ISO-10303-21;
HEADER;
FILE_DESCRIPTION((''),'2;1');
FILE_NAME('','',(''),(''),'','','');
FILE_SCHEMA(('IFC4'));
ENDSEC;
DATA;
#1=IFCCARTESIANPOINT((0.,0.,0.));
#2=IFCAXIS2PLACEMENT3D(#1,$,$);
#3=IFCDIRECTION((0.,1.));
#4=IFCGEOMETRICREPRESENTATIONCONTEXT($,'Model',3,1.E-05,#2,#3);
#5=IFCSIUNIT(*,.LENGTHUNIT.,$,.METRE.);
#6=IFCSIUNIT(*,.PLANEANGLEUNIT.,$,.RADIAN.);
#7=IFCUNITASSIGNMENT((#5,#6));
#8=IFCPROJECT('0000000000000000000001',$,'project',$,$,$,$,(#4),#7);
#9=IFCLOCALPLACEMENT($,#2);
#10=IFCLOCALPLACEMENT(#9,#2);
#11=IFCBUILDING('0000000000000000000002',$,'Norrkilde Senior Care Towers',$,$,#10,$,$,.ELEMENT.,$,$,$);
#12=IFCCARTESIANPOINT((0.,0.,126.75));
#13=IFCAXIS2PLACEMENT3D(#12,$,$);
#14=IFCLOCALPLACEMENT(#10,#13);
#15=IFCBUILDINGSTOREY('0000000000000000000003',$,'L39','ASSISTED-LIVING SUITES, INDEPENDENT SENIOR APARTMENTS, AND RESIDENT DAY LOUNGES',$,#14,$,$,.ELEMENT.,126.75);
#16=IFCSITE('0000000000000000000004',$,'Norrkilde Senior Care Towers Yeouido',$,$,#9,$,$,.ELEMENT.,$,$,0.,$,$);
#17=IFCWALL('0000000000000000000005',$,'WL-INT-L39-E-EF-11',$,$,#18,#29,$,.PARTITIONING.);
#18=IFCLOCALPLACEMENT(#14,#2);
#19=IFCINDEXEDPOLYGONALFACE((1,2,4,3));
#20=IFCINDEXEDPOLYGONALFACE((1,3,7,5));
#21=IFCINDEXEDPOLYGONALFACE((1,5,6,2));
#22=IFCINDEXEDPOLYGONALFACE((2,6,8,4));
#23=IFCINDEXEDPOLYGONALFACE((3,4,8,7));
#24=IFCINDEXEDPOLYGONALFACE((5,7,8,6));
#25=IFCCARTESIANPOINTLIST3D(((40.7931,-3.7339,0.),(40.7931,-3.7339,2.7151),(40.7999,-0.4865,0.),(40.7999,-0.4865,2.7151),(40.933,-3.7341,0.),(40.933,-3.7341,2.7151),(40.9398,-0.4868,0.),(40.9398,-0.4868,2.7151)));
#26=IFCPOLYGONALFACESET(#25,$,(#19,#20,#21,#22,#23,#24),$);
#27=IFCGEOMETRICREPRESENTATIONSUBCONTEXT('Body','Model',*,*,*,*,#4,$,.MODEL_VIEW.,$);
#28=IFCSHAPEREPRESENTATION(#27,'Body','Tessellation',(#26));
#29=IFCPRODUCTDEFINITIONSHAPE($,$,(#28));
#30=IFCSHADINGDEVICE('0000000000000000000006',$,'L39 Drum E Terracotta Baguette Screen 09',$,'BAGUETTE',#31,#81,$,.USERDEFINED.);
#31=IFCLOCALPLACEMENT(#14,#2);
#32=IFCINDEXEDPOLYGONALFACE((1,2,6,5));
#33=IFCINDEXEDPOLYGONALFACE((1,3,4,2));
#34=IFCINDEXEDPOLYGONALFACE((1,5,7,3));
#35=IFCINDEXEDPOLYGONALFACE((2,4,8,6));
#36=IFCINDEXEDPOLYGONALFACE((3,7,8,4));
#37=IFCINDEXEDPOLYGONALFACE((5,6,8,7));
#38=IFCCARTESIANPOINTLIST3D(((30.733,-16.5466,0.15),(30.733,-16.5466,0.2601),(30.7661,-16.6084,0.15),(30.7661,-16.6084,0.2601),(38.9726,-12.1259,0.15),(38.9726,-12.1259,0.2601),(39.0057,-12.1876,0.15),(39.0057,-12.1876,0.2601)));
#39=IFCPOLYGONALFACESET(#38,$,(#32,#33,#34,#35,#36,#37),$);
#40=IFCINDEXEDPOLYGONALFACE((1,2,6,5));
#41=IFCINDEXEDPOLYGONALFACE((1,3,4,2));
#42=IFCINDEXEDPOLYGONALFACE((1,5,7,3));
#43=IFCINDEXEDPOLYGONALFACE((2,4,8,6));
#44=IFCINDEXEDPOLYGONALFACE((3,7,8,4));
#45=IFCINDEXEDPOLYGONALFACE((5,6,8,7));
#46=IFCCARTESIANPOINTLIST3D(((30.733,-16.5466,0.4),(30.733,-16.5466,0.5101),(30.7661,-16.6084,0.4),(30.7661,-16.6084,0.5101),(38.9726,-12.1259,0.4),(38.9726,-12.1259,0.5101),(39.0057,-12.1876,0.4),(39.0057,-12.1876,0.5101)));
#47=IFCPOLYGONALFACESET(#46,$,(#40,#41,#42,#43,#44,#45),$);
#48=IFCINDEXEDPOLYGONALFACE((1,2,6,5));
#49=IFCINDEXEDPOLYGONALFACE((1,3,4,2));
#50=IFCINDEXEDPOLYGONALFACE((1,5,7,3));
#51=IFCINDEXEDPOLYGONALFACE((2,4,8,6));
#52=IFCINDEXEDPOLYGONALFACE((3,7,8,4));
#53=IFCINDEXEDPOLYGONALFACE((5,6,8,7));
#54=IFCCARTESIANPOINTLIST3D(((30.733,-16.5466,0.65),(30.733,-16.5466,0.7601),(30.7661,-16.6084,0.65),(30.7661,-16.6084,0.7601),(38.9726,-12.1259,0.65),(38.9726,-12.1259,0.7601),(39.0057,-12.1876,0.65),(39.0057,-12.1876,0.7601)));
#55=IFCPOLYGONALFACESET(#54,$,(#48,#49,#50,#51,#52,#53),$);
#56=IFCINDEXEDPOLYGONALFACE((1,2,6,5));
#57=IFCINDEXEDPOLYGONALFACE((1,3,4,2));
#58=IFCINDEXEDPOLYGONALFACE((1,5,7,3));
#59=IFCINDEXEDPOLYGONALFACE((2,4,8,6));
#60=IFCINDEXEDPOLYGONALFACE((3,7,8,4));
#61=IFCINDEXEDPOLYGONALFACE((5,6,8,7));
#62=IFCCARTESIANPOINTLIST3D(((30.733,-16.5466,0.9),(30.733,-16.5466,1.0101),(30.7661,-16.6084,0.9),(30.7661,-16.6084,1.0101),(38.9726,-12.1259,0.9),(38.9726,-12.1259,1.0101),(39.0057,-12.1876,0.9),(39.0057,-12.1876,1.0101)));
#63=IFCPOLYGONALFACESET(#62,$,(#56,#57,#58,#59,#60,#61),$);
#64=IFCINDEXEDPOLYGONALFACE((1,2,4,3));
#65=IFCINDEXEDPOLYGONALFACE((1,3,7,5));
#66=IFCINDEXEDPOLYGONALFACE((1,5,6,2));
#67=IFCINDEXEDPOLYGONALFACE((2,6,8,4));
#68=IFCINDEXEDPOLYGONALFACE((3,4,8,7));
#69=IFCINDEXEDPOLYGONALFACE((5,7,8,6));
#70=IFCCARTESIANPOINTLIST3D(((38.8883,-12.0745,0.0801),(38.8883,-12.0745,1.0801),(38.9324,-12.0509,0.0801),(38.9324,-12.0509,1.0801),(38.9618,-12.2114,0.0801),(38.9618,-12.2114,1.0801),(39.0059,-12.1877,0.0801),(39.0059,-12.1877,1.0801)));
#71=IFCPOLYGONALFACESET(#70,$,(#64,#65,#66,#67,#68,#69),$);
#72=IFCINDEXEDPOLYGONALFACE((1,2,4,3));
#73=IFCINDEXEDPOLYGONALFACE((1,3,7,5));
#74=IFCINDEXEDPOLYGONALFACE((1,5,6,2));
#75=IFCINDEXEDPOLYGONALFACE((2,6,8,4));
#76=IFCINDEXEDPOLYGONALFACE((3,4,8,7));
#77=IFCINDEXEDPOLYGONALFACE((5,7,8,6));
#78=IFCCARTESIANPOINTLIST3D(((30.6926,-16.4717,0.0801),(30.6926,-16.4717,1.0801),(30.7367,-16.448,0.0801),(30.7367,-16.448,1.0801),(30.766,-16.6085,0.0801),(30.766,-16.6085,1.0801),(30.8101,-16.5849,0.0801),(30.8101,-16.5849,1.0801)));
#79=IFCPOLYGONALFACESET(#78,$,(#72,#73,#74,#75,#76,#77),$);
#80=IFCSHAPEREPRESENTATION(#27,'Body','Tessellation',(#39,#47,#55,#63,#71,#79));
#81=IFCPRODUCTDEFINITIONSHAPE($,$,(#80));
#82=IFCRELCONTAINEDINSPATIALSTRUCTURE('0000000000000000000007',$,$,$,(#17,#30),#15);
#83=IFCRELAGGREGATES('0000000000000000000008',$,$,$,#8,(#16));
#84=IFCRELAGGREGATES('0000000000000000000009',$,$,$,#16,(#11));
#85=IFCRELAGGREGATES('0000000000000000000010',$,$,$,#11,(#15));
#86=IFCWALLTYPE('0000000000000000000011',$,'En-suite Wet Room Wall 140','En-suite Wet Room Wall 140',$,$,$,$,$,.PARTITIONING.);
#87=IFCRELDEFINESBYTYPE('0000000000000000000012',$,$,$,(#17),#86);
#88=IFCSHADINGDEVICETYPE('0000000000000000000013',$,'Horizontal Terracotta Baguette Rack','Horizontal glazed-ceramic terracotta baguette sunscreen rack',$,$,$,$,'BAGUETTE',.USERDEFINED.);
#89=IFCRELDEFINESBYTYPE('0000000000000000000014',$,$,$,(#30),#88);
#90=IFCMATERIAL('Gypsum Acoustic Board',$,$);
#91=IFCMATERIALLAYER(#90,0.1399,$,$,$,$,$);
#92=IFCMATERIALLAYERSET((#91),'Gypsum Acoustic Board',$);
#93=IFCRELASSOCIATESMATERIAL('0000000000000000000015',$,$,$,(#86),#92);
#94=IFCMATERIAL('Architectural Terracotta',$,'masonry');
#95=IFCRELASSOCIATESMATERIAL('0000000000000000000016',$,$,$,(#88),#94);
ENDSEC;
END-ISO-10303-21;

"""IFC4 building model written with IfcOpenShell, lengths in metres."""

from ifc_helpers import new_model, si_unit, direction, frame, frame_2d, origin, origin_2d, place, context, subcontext, project, spatial, rectangle, extrude, source, transform, mapped, material, layer, layer_set, type_object, type_shapes, element, save


model = new_model("IFC4")

# Units and contexts
model_context = context("Model", 3, precision=1e-05, world=origin(), true_north=direction((0.0, 1.0)))
body_context = subcontext(model_context, "Body", "Model", "MODEL_VIEW")
ifc_project = project(units=[si_unit("LENGTHUNIT", "METRE"), si_unit("PLANEANGLEUNIT", "RADIAN")], contexts=[model_context])

# Site, building, storey
site_placement = place(None, origin())
site = spatial("IfcSite", under=ifc_project, at=site_placement, Name="Norrkilde Senior Care Towers Yeouido", CompositionType="ELEMENT", RefElevation=0.0)
building_placement = place(site_placement, origin())
building = spatial("IfcBuilding", under=site, at=building_placement, Name="Norrkilde Senior Care Towers", CompositionType="ELEMENT")
storey_placement = place(building_placement, frame((0.0, 0.0, 126.75)))
storey = spatial("IfcBuildingStorey", under=building, at=storey_placement, Name="L39", Description="ASSISTED-LIVING SUITES, INDEPENDENT SENIOR APARTMENTS, AND RESIDENT DAY LOUNGES", CompositionType="ELEMENT", Elevation=126.75)

# Shared definitions
ifc_material_1 = material(Name="Gypsum Acoustic Board")
ifc_layer_1 = layer(ifc_material_1, 0.1399)
ifc_layer_set_1 = layer_set([ifc_layer_1], Name="Gypsum Acoustic Board")
wall_type_1 = type_object("IfcWallType", Name="En-suite Wet Room Wall 140", Description="En-suite Wet Room Wall 140", PredefinedType="PARTITIONING", material=ifc_layer_set_1)

# Wall
shared_shape_1 = source(origin(), body_context, "Body", "SweptSolid", [
    extrude(rectangle(XDim=3.2473, YDim=0.1399, at=frame_2d((1.6235, 0.0))), origin(), (0.0, 0.0, 1.0), 2.7151),
])
wall_1_placement = place(storey_placement, frame((40.8699, -0.4868, 0.0), z_axis=(0.0, 0.0, 1.0), x_axis=(-0.002105, -0.999998, 0.0)))
element("IfcWall", 1, at=wall_1_placement, inside=storey, type_object=wall_type_1, Name="WL-INT-L39-E-EF-11", PredefinedType="PARTITIONING", context=body_context, shape_type="MappedRepresentation", body=[
    mapped(shared_shape_1, transform((0.0, 0.0, 0.0), x_axis=(1.0, 0.0, 0.0), y_axis=(0.0, 1.0, 0.0), z_axis=(0.0, 0.0, 1.0), scale=1.0)),
])

# Shading device
ifc_material_2 = material(Name="Architectural Terracotta", Category="masonry")
shading_device_type = type_object("IfcShadingDeviceType", Name="Horizontal Terracotta Baguette Rack", Description="Horizontal glazed-ceramic terracotta baguette sunscreen rack", ElementType="BAGUETTE", PredefinedType="USERDEFINED", material=ifc_material_2)
shared_shape_2 = source(origin(), body_context, "Body", "SweptSolid", [
    extrude(rectangle(XDim=0.0701, YDim=0.1101, at=origin_2d()), frame((0.0, 0.0901, 0.125), z_axis=(1.0, 0.0, 0.0), x_axis=(0.0, 1.0, 0.0)), (0.0, 0.0, 1.0), 9.3506),
    extrude(rectangle(XDim=0.0701, YDim=0.1101, at=origin_2d()), frame((0.0, 0.0901, 0.375), z_axis=(1.0, 0.0, 0.0), x_axis=(0.0, 1.0, 0.0)), (0.0, 0.0, 1.0), 9.3506),
    extrude(rectangle(XDim=0.0701, YDim=0.1101, at=origin_2d()), frame((0.0, 0.0901, 0.625), z_axis=(1.0, 0.0, 0.0), x_axis=(0.0, 1.0, 0.0)), (0.0, 0.0, 1.0), 9.3506),
    extrude(rectangle(XDim=0.0701, YDim=0.1101, at=origin_2d()), frame((0.0, 0.0901, 0.875), z_axis=(1.0, 0.0, 0.0), x_axis=(0.0, 1.0, 0.0)), (0.0, 0.0, 1.0), 9.3506),
    extrude(rectangle(XDim=0.05, YDim=0.1553, at=origin_2d()), frame((0.0249, 0.0476, 0.0)), (0.0, 0.0, 1.0), 1.0),
    extrude(rectangle(XDim=0.05, YDim=0.1553, at=origin_2d()), frame((9.3257, 0.0476, 0.0)), (0.0, 0.0, 1.0), 1.0),
])
type_shapes(shading_device_type, [shared_shape_2])
shading_device_placement = place(storey_placement, frame((38.9465, -12.0774, 0.0801), z_axis=(0.0, 0.0, 1.0), x_axis=(-0.881175, -0.472768, 0.0)))
element("IfcShadingDevice", 2, at=shading_device_placement, inside=storey, type_object=shading_device_type, Name="L39 Drum E Terracotta Baguette Screen 09", ObjectType="BAGUETTE", PredefinedType="USERDEFINED", context=body_context, shape_type="MappedRepresentation", body=[
    mapped(shared_shape_2, transform((0.0, 0.0, 0.0), x_axis=(1.0, 0.0, 0.0), y_axis=(0.0, 1.0, 0.0), z_axis=(0.0, 0.0, 1.0), scale=1.0)),
])

save(model, "model.ifc")
